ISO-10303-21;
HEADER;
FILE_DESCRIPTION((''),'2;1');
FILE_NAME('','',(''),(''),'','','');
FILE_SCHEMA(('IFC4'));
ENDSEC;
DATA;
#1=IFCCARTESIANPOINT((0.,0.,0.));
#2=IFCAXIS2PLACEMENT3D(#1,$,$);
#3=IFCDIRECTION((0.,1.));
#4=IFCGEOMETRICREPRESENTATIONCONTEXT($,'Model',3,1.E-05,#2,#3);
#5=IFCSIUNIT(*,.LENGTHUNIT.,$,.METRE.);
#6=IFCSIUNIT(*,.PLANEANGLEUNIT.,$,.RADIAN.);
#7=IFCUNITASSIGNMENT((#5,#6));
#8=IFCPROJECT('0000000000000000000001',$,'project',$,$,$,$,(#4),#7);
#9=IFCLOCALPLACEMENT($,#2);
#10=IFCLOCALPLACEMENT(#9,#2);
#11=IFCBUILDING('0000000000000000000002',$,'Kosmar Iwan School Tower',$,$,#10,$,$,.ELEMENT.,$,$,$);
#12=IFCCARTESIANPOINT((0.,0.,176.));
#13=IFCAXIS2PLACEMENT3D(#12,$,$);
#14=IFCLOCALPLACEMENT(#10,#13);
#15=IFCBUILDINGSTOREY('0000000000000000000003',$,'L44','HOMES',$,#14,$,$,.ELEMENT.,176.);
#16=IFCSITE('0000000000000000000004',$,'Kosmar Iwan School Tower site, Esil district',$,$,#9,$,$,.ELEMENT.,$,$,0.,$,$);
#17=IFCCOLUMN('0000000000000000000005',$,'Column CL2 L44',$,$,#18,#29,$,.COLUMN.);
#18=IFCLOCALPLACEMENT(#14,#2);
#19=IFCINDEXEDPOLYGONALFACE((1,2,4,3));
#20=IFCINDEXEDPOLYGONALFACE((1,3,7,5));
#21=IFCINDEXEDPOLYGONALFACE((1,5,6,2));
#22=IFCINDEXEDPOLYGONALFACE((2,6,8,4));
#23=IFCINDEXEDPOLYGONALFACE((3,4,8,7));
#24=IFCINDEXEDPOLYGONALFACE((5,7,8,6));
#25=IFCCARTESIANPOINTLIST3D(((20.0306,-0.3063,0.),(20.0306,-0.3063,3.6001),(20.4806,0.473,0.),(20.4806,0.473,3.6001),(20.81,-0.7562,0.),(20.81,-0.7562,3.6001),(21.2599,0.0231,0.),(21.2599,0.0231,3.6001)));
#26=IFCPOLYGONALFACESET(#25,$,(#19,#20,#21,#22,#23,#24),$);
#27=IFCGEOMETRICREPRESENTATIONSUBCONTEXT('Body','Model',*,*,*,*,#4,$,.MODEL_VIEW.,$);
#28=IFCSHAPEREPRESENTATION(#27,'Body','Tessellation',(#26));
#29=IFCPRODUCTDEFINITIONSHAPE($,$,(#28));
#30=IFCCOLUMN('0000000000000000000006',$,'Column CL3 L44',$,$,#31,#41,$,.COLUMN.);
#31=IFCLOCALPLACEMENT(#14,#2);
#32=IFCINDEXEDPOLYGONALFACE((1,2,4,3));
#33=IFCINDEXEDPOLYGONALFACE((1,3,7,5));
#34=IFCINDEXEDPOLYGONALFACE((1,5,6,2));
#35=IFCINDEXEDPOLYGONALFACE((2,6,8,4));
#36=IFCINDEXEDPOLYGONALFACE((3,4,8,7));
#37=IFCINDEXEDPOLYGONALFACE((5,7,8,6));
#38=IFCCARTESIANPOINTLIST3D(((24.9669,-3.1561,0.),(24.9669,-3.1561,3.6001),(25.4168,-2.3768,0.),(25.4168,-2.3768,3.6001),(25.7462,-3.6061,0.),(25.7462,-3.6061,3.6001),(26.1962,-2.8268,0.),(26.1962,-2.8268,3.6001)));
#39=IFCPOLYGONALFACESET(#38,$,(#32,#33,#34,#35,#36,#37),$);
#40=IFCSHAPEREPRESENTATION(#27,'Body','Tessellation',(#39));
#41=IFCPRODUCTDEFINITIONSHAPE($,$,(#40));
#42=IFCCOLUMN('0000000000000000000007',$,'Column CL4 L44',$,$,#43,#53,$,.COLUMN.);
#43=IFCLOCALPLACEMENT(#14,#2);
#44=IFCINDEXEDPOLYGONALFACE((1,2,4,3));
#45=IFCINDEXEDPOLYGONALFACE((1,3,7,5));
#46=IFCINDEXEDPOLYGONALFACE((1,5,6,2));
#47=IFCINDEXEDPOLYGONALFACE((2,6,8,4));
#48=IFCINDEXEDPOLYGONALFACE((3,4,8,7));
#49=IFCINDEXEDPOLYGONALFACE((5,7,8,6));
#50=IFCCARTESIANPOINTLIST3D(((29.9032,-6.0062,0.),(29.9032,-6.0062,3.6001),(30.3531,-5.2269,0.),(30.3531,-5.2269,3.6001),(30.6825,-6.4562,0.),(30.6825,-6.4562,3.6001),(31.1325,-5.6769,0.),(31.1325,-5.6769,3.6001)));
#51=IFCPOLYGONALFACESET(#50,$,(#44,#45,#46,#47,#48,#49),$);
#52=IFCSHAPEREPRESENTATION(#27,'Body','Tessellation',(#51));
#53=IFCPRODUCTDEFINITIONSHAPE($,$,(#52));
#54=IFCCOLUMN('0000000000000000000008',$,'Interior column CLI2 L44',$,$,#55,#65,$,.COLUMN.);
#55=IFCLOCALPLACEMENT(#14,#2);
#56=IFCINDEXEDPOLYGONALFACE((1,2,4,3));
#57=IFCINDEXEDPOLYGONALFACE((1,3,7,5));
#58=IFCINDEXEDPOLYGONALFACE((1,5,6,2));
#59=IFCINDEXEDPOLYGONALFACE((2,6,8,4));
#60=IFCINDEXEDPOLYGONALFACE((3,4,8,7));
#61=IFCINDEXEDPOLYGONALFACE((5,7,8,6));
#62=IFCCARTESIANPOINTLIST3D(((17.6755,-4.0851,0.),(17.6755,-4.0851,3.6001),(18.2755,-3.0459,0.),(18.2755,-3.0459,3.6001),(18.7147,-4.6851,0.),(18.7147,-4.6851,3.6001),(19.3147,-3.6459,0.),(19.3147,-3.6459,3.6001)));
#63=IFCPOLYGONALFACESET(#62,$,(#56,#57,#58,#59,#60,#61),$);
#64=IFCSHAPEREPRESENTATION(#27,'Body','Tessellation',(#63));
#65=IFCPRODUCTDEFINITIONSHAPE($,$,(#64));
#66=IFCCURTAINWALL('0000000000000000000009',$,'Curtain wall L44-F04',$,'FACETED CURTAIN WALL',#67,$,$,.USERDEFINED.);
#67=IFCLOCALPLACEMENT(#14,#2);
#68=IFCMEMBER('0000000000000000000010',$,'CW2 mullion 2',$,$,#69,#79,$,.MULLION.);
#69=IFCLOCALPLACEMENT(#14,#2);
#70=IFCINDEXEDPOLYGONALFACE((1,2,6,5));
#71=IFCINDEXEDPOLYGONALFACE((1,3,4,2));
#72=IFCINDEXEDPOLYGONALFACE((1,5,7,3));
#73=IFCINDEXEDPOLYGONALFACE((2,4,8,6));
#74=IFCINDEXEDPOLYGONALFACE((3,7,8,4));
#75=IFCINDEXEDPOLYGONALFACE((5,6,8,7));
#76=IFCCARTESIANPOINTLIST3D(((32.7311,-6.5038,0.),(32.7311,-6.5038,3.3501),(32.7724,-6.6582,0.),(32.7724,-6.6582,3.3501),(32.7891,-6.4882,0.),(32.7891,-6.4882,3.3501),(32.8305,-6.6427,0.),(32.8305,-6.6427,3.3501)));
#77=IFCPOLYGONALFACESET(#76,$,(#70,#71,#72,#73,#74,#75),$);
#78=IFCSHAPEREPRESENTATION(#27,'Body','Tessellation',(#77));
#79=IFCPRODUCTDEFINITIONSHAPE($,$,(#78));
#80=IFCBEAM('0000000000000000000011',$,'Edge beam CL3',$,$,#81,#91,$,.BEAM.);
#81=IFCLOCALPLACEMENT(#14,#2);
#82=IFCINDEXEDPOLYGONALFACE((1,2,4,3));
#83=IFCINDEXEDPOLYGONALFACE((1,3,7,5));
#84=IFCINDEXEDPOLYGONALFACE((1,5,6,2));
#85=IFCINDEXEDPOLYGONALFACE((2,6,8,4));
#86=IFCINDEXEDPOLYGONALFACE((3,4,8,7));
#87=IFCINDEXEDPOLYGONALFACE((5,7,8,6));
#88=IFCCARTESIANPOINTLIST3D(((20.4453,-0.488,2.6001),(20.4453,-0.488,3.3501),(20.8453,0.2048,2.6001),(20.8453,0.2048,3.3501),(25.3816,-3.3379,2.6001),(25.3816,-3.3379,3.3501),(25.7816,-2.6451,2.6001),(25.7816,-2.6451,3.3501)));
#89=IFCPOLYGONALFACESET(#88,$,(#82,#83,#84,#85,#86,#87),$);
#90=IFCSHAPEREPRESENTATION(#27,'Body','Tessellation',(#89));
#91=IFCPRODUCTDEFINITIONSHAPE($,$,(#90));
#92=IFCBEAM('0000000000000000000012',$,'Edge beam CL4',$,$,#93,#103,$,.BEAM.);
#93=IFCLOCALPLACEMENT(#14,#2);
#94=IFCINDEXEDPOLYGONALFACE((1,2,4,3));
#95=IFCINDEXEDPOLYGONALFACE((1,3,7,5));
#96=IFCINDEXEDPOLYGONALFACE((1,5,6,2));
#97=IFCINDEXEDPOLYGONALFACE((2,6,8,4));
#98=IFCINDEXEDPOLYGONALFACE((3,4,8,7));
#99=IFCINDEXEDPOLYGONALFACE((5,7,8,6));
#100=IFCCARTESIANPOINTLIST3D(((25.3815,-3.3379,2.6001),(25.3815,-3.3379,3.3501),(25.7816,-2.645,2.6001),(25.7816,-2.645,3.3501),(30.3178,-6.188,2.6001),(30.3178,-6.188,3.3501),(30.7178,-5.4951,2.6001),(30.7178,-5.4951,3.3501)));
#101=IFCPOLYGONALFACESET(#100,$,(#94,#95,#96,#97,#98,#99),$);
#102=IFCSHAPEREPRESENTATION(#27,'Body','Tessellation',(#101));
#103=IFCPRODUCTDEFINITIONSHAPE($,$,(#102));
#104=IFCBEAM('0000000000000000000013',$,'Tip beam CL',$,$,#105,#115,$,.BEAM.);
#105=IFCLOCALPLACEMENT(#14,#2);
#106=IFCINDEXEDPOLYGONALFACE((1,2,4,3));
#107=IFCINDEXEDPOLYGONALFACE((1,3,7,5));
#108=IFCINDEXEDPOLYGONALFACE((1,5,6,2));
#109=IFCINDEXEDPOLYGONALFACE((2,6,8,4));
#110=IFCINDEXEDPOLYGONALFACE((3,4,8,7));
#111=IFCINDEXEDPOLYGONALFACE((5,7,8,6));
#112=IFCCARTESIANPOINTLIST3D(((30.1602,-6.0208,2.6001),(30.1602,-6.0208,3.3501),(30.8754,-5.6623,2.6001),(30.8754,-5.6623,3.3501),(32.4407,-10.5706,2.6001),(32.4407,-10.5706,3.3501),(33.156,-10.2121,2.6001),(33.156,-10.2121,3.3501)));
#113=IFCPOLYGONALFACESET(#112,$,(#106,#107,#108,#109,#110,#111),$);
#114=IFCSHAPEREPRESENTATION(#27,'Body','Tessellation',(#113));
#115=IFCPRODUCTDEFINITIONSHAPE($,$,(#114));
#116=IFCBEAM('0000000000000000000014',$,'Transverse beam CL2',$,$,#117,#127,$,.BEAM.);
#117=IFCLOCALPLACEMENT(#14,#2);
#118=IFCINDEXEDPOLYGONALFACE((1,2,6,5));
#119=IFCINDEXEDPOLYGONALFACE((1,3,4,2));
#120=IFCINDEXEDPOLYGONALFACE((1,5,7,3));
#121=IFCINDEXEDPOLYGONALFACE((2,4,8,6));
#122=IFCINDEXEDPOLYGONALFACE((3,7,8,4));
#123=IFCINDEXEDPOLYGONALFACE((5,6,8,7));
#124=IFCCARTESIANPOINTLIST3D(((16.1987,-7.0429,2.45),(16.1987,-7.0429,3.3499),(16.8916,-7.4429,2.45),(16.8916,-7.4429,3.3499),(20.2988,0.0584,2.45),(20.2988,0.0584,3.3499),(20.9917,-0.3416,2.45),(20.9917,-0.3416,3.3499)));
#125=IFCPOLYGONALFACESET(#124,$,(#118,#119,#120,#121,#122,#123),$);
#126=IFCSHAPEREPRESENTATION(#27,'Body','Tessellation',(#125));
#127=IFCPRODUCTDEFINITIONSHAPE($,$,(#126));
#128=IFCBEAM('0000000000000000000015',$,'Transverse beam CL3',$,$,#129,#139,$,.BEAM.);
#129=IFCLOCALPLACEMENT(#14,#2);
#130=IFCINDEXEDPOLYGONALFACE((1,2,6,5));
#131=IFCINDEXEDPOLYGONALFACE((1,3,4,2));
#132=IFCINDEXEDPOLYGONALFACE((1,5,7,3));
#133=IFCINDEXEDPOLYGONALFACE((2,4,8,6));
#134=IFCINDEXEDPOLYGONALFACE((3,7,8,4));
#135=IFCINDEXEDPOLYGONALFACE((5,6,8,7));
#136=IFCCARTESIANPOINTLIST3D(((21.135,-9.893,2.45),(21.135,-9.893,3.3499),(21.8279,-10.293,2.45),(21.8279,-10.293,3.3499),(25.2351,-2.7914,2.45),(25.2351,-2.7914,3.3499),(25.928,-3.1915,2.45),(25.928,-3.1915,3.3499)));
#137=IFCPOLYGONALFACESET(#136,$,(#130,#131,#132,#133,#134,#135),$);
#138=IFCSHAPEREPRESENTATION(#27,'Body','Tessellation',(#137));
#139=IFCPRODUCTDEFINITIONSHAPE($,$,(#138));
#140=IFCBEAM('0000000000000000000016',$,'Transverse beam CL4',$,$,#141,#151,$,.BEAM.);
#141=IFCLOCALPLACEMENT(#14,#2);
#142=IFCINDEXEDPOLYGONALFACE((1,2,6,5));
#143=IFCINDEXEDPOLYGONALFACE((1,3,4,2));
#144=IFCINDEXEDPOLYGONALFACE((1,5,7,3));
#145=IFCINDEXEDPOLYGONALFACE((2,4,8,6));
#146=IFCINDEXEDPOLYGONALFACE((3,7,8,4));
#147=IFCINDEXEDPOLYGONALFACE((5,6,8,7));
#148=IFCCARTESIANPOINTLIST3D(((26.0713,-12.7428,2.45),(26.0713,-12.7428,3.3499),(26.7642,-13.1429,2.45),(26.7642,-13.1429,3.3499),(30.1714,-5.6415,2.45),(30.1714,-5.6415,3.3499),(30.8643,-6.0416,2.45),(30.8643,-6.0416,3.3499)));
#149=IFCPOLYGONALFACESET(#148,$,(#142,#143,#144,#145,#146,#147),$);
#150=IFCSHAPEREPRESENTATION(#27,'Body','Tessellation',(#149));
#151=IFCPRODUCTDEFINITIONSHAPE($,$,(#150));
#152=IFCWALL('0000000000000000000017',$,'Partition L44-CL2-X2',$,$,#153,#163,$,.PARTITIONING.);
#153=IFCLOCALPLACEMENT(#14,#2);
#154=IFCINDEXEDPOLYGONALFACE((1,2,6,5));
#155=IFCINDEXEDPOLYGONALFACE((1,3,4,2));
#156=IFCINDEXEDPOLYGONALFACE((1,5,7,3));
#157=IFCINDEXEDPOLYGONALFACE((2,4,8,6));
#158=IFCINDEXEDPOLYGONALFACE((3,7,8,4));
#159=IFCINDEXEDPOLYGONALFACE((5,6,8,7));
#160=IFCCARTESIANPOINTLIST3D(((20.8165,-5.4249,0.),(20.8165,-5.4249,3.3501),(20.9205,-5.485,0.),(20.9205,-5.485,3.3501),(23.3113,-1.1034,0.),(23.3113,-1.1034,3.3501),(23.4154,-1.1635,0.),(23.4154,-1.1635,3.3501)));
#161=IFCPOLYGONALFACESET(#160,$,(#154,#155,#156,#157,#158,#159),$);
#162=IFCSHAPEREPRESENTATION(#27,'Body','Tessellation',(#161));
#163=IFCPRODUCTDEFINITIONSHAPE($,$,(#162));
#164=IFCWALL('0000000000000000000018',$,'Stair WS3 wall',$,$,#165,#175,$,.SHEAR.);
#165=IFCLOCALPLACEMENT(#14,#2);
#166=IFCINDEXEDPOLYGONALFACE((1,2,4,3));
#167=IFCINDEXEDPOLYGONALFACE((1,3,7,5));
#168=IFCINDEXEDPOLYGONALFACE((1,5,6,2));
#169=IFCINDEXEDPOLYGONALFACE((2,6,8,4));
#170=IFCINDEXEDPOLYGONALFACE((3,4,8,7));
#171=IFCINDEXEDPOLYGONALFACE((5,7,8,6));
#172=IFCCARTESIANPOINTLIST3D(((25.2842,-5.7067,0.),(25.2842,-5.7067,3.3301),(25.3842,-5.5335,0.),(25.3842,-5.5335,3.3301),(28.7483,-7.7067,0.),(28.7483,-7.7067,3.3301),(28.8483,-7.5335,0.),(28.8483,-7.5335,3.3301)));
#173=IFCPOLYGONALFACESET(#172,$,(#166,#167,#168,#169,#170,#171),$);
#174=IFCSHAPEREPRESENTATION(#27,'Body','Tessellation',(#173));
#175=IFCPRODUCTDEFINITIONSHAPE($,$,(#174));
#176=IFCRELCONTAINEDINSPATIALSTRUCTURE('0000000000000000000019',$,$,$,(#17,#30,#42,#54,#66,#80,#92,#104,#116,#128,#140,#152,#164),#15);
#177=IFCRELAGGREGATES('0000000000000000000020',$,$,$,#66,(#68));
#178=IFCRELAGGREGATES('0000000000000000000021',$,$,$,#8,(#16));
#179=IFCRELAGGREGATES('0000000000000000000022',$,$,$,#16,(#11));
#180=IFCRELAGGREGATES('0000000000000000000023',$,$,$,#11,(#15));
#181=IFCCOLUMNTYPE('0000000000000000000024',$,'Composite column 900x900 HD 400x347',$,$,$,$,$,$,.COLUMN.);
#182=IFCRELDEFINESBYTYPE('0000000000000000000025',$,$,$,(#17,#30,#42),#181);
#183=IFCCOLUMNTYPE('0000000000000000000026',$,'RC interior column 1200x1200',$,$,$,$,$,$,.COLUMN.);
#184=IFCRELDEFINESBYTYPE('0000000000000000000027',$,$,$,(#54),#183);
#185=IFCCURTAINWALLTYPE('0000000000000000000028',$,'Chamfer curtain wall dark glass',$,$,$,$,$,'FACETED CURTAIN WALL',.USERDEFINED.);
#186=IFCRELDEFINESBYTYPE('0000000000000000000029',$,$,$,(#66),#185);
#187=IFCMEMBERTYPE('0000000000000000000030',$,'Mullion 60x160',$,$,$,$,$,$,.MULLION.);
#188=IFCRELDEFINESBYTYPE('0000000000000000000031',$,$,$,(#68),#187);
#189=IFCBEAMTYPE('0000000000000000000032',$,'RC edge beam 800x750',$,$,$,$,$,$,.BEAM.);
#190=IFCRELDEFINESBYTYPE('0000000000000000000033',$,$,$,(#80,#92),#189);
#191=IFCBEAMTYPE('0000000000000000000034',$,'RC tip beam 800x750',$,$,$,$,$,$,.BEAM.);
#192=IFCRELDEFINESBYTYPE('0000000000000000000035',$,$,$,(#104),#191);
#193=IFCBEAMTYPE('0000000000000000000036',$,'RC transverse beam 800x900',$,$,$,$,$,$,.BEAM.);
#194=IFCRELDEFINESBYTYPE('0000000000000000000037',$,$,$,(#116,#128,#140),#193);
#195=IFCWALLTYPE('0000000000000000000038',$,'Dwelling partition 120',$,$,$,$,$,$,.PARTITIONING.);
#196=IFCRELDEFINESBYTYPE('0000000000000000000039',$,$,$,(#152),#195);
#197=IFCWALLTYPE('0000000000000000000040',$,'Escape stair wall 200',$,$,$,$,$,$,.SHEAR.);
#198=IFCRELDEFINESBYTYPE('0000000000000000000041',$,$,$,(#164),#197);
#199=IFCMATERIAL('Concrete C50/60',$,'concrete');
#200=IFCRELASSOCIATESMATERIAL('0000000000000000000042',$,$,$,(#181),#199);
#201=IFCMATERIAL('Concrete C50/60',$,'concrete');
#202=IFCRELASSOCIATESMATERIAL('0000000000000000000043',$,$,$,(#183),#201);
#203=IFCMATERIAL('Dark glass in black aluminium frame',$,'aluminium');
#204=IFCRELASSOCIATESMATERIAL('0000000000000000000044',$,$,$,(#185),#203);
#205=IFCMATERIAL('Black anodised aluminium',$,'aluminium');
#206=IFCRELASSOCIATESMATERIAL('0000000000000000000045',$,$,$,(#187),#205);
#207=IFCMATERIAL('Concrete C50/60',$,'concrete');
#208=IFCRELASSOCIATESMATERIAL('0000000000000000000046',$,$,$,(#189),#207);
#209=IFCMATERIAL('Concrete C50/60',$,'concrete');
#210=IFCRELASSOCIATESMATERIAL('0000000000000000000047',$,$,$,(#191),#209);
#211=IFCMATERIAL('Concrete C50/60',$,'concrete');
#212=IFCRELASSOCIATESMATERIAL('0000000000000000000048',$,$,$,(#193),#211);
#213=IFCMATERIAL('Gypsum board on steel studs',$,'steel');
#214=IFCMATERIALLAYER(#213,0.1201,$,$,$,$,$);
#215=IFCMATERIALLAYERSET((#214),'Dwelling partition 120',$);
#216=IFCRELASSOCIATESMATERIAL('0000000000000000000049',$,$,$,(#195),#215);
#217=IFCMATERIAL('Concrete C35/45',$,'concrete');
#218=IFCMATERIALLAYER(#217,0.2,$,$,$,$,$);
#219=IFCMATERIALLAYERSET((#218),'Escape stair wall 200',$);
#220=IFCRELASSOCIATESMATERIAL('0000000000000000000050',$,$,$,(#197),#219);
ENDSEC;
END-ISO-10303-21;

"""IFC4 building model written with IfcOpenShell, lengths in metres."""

from ifc_helpers import new_model, si_unit, direction, frame, frame_2d, origin, origin_2d, place, context, subcontext, project, spatial, rectangle, extrude, material, layer, layer_set, material_profile, profile_set, type_object, element, aggregate, save


model = new_model("IFC4")

# Units and contexts
model_context = context("Model", 3, precision=1e-05, world=origin(), true_north=direction((0.0, 1.0)))
body_context = subcontext(model_context, "Body", "Model", "MODEL_VIEW")
ifc_project = project(units=[si_unit("LENGTHUNIT", "METRE"), si_unit("PLANEANGLEUNIT", "RADIAN")], contexts=[model_context])

# Site, building, storey
site_placement = place(None, origin())
site = spatial("IfcSite", under=ifc_project, at=site_placement, Name="Kosmar Iwan School Tower site, Esil district", CompositionType="ELEMENT", RefElevation=0.0)
building_placement = place(site_placement, origin())
building = spatial("IfcBuilding", under=site, at=building_placement, Name="Kosmar Iwan School Tower", CompositionType="ELEMENT")
storey_placement = place(building_placement, frame((0.0, 0.0, 176.0)))
storey = spatial("IfcBuildingStorey", under=building, at=storey_placement, Name="L44", Description="HOMES", CompositionType="ELEMENT", Elevation=176.0)

# Columns
ifc_material_1 = material(Name="Concrete C50/60", Category="concrete")
ifc_material_profile_1 = material_profile(ifc_material_1, rectangle(XDim=0.8999, YDim=0.8999, at=origin_2d()), Name="RC 900x900 + HD 400x347")
ifc_profile_set_1 = profile_set([ifc_material_profile_1], Name="Concrete C50/60")
column_type_1 = type_object("IfcColumnType", Name="Composite column 900x900 HD 400x347", PredefinedType="COLUMN", material=ifc_profile_set_1)
for number, where, z_axis, x_axis, name in (
    (1, (20.6453, -0.1416, 0.0), (0.0, 0.0, 1.0), (0.866025, -0.5, 0.0), "Column CL2 L44"),
    (2, (25.5815, -2.9915, 0.0), (0.0, 0.0, 1.0), (0.866025, -0.5, 0.0), "Column CL3 L44"),
    (3, (30.5178, -5.8416, 0.0), (0.0, 0.0, 1.0), (0.866025, -0.5, 0.0), "Column CL4 L44"),
):
    element("IfcColumn", number, at=place(storey_placement, frame(where, z_axis=z_axis, x_axis=x_axis)), inside=storey, type_object=column_type_1, Name=name, PredefinedType="COLUMN", context=body_context, shape_type="SweptSolid", body=[
        extrude(rectangle(XDim=0.8999, YDim=0.8999, at=origin_2d()), origin(), (0.0, 0.0, 1.0), 3.6001),
    ])
ifc_material_2 = material(Name="Concrete C50/60", Category="concrete")
ifc_material_profile_2 = material_profile(ifc_material_2, rectangle(XDim=1.2, YDim=1.2, at=origin_2d()), Name="RC 1200x1200")
ifc_profile_set_2 = profile_set([ifc_material_profile_2], Name="Concrete C50/60")
column_type_2 = type_object("IfcColumnType", Name="RC interior column 1200x1200", PredefinedType="COLUMN", material=ifc_profile_set_2)
column_placement = place(storey_placement, frame((18.4951, -3.8655, 0.0), z_axis=(0.0, 0.0, 1.0), x_axis=(0.866025, -0.5, 0.0)))
element("IfcColumn", 4, at=column_placement, inside=storey, type_object=column_type_2, Name="Interior column CLI2 L44", PredefinedType="COLUMN", context=body_context, shape_type="SweptSolid", body=[
    extrude(rectangle(XDim=1.2, YDim=1.2, at=origin_2d()), origin(), (0.0, 0.0, 1.0), 3.6001),
])

# Curtain wall, member
ifc_material_3 = material(Name="Dark glass in black aluminium frame", Category="aluminium")
curtain_wall_type = type_object("IfcCurtainWallType", Name="Chamfer curtain wall dark glass", ElementType="FACETED CURTAIN WALL", PredefinedType="USERDEFINED", material=ifc_material_3)
curtain_wall_placement = place(storey_placement, origin())
curtain_wall = element("IfcCurtainWall", 5, at=curtain_wall_placement, inside=storey, type_object=curtain_wall_type, Name="Curtain wall L44-F04", ObjectType="FACETED CURTAIN WALL", PredefinedType="USERDEFINED")
ifc_material_4 = material(Name="Black anodised aluminium", Category="aluminium")
ifc_material_profile_3 = material_profile(ifc_material_4, rectangle(XDim=0.0601, YDim=0.1599, at=origin_2d()), Name="MULLION 60x160")
ifc_profile_set_3 = profile_set([ifc_material_profile_3], Name="Black anodised aluminium")
member_type = type_object("IfcMemberType", Name="Mullion 60x160", PredefinedType="MULLION", material=ifc_profile_set_3)
member_placement = place(storey_placement, frame((32.7808, -6.5732, 0.0), z_axis=(0.0, 0.0, 1.0), x_axis=(-0.965926, -0.258819, 0.0)))
member = element("IfcMember", 6, at=member_placement, type_object=member_type, Name="CW2 mullion 2", PredefinedType="MULLION", context=body_context, shape_type="SweptSolid", body=[
    extrude(rectangle(XDim=0.0601, YDim=0.1599, at=origin_2d()), origin(), (0.0, 0.0, 1.0), 3.3501),
])
aggregate(curtain_wall, [member])

# Beams
ifc_material_5 = material(Name="Concrete C50/60", Category="concrete")
ifc_material_profile_4 = material_profile(ifc_material_5, rectangle(XDim=0.8, YDim=0.75, at=origin_2d()), Name="RC 800x750")
ifc_profile_set_4 = profile_set([ifc_material_profile_4], Name="Concrete C50/60")
beam_type_1 = type_object("IfcBeamType", Name="RC edge beam 800x750", PredefinedType="BEAM", material=ifc_profile_set_4)
for number, where, z_axis, x_axis, name in (
    (7, (20.6453, -0.1416, 2.9751), (0.866034, -0.499986, 0.0), (0.499986, 0.866034, 0.0), "Edge beam CL3"),
    (8, (25.5815, -2.9915, 2.9751), (0.866015, -0.500018, 0.0), (0.500018, 0.866015, 0.0), "Edge beam CL4"),
):
    element("IfcBeam", number, at=place(storey_placement, frame(where, z_axis=z_axis, x_axis=x_axis)), inside=storey, type_object=beam_type_1, Name=name, PredefinedType="BEAM", context=body_context, shape_type="SweptSolid", body=[
        extrude(rectangle(XDim=0.8, YDim=0.75, at=origin_2d()), origin(), (0.0, 0.0, 1.0), 5.7),
    ])
ifc_material_6 = material(Name="Concrete C50/60", Category="concrete")
ifc_material_profile_5 = material_profile(ifc_material_6, rectangle(XDim=0.8, YDim=0.75, at=origin_2d()), Name="RC 800x750")
ifc_profile_set_5 = profile_set([ifc_material_profile_5], Name="Concrete C50/60")
beam_type_2 = type_object("IfcBeamType", Name="RC tip beam 800x750", PredefinedType="BEAM", material=ifc_profile_set_5)
beam_1_placement = place(storey_placement, frame((30.5178, -5.8416, 2.9751), z_axis=(0.448096, -0.893985, 0.0), x_axis=(0.893985, 0.448096, 0.0)))
element("IfcBeam", 9, at=beam_1_placement, inside=storey, type_object=beam_type_2, Name="Tip beam CL", PredefinedType="BEAM", context=body_context, shape_type="SweptSolid", body=[
    extrude(rectangle(XDim=0.8, YDim=0.75, at=origin_2d()), origin(), (0.0, 0.0, 1.0), 5.0894),
])
ifc_material_7 = material(Name="Concrete C50/60", Category="concrete")
ifc_material_profile_6 = material_profile(ifc_material_7, rectangle(XDim=0.8, YDim=0.8999, at=origin_2d()), Name="RC 800x900")
ifc_profile_set_6 = profile_set([ifc_material_profile_6], Name="Concrete C50/60")
beam_type_3 = type_object("IfcBeamType", Name="RC transverse beam 800x900", PredefinedType="BEAM", material=ifc_profile_set_6)
beam_2_placement = place(storey_placement, frame((20.6453, -0.1416, 2.8999), z_axis=(-0.500014, -0.866018, 0.0), x_axis=(0.866018, -0.500014, 0.0)))
element("IfcBeam", 10, at=beam_2_placement, inside=storey, type_object=beam_type_3, Name="Transverse beam CL2", PredefinedType="BEAM", context=body_context, shape_type="SweptSolid", body=[
    extrude(rectangle(XDim=0.8, YDim=0.8999, at=origin_2d()), origin(), (0.0, 0.0, 1.0), 8.2),
])
beam_3_placement = place(storey_placement, frame((25.5815, -2.9915, 2.8999), z_axis=(-0.500001, -0.866025, 0.0), x_axis=(0.866025, -0.500001, 0.0)))
element("IfcBeam", 11, at=beam_3_placement, inside=storey, type_object=beam_type_3, Name="Transverse beam CL3", PredefinedType="BEAM", context=body_context, shape_type="SweptSolid", body=[
    extrude(rectangle(XDim=0.8, YDim=0.8999, at=origin_2d()), origin(), (0.0, 0.0, 1.0), 8.2002),
])
beam_4_placement = place(storey_placement, frame((30.5178, -5.8416, 2.8999), z_axis=(-0.500014, -0.866018, 0.0), x_axis=(0.866018, -0.500014, 0.0)))
element("IfcBeam", 12, at=beam_4_placement, inside=storey, type_object=beam_type_3, Name="Transverse beam CL4", PredefinedType="BEAM", context=body_context, shape_type="SweptSolid", body=[
    extrude(rectangle(XDim=0.8, YDim=0.8999, at=origin_2d()), origin(), (0.0, 0.0, 1.0), 8.2),
])

# Walls
ifc_material_8 = material(Name="Gypsum board on steel studs", Category="steel")
ifc_layer_1 = layer(ifc_material_8, 0.1201)
ifc_layer_set_1 = layer_set([ifc_layer_1], Name="Dwelling partition 120")
wall_type_1 = type_object("IfcWallType", Name="Dwelling partition 120", PredefinedType="PARTITIONING", material=ifc_layer_set_1)
wall_1_placement = place(storey_placement, frame((20.8684, -5.4551, 0.0), z_axis=(0.0, 0.0, 1.0), x_axis=(0.499975, 0.86604, 0.0)))
element("IfcWall", 13, at=wall_1_placement, inside=storey, type_object=wall_type_1, Name="Partition L44-CL2-X2", PredefinedType="PARTITIONING", context=body_context, shape_type="SweptSolid", body=[
    extrude(rectangle(XDim=4.99, YDim=0.1201, at=frame_2d((2.4951, 0.0))), origin(), (0.0, 0.0, 1.0), 3.3501),
])
ifc_material_9 = material(Name="Concrete C35/45", Category="concrete")
ifc_layer_2 = layer(ifc_material_9, 0.2)
ifc_layer_set_2 = layer_set([ifc_layer_2], Name="Escape stair wall 200")
wall_type_2 = type_object("IfcWallType", Name="Escape stair wall 200", PredefinedType="SHEAR", material=ifc_layer_set_2)
wall_2_placement = place(storey_placement, frame((25.3342, -5.6201, 0.0), z_axis=(0.0, 0.0, 1.0), x_axis=(0.866026, -0.499999, 0.0)))
element("IfcWall", 14, at=wall_2_placement, inside=storey, type_object=wall_type_2, Name="Stair WS3 wall", PredefinedType="SHEAR", context=body_context, shape_type="SweptSolid", body=[
    extrude(rectangle(XDim=4.0, YDim=0.2, at=frame_2d((2.0, 0.0))), origin(), (0.0, 0.0, 1.0), 3.3301),
])

save(model, "model.ifc")
